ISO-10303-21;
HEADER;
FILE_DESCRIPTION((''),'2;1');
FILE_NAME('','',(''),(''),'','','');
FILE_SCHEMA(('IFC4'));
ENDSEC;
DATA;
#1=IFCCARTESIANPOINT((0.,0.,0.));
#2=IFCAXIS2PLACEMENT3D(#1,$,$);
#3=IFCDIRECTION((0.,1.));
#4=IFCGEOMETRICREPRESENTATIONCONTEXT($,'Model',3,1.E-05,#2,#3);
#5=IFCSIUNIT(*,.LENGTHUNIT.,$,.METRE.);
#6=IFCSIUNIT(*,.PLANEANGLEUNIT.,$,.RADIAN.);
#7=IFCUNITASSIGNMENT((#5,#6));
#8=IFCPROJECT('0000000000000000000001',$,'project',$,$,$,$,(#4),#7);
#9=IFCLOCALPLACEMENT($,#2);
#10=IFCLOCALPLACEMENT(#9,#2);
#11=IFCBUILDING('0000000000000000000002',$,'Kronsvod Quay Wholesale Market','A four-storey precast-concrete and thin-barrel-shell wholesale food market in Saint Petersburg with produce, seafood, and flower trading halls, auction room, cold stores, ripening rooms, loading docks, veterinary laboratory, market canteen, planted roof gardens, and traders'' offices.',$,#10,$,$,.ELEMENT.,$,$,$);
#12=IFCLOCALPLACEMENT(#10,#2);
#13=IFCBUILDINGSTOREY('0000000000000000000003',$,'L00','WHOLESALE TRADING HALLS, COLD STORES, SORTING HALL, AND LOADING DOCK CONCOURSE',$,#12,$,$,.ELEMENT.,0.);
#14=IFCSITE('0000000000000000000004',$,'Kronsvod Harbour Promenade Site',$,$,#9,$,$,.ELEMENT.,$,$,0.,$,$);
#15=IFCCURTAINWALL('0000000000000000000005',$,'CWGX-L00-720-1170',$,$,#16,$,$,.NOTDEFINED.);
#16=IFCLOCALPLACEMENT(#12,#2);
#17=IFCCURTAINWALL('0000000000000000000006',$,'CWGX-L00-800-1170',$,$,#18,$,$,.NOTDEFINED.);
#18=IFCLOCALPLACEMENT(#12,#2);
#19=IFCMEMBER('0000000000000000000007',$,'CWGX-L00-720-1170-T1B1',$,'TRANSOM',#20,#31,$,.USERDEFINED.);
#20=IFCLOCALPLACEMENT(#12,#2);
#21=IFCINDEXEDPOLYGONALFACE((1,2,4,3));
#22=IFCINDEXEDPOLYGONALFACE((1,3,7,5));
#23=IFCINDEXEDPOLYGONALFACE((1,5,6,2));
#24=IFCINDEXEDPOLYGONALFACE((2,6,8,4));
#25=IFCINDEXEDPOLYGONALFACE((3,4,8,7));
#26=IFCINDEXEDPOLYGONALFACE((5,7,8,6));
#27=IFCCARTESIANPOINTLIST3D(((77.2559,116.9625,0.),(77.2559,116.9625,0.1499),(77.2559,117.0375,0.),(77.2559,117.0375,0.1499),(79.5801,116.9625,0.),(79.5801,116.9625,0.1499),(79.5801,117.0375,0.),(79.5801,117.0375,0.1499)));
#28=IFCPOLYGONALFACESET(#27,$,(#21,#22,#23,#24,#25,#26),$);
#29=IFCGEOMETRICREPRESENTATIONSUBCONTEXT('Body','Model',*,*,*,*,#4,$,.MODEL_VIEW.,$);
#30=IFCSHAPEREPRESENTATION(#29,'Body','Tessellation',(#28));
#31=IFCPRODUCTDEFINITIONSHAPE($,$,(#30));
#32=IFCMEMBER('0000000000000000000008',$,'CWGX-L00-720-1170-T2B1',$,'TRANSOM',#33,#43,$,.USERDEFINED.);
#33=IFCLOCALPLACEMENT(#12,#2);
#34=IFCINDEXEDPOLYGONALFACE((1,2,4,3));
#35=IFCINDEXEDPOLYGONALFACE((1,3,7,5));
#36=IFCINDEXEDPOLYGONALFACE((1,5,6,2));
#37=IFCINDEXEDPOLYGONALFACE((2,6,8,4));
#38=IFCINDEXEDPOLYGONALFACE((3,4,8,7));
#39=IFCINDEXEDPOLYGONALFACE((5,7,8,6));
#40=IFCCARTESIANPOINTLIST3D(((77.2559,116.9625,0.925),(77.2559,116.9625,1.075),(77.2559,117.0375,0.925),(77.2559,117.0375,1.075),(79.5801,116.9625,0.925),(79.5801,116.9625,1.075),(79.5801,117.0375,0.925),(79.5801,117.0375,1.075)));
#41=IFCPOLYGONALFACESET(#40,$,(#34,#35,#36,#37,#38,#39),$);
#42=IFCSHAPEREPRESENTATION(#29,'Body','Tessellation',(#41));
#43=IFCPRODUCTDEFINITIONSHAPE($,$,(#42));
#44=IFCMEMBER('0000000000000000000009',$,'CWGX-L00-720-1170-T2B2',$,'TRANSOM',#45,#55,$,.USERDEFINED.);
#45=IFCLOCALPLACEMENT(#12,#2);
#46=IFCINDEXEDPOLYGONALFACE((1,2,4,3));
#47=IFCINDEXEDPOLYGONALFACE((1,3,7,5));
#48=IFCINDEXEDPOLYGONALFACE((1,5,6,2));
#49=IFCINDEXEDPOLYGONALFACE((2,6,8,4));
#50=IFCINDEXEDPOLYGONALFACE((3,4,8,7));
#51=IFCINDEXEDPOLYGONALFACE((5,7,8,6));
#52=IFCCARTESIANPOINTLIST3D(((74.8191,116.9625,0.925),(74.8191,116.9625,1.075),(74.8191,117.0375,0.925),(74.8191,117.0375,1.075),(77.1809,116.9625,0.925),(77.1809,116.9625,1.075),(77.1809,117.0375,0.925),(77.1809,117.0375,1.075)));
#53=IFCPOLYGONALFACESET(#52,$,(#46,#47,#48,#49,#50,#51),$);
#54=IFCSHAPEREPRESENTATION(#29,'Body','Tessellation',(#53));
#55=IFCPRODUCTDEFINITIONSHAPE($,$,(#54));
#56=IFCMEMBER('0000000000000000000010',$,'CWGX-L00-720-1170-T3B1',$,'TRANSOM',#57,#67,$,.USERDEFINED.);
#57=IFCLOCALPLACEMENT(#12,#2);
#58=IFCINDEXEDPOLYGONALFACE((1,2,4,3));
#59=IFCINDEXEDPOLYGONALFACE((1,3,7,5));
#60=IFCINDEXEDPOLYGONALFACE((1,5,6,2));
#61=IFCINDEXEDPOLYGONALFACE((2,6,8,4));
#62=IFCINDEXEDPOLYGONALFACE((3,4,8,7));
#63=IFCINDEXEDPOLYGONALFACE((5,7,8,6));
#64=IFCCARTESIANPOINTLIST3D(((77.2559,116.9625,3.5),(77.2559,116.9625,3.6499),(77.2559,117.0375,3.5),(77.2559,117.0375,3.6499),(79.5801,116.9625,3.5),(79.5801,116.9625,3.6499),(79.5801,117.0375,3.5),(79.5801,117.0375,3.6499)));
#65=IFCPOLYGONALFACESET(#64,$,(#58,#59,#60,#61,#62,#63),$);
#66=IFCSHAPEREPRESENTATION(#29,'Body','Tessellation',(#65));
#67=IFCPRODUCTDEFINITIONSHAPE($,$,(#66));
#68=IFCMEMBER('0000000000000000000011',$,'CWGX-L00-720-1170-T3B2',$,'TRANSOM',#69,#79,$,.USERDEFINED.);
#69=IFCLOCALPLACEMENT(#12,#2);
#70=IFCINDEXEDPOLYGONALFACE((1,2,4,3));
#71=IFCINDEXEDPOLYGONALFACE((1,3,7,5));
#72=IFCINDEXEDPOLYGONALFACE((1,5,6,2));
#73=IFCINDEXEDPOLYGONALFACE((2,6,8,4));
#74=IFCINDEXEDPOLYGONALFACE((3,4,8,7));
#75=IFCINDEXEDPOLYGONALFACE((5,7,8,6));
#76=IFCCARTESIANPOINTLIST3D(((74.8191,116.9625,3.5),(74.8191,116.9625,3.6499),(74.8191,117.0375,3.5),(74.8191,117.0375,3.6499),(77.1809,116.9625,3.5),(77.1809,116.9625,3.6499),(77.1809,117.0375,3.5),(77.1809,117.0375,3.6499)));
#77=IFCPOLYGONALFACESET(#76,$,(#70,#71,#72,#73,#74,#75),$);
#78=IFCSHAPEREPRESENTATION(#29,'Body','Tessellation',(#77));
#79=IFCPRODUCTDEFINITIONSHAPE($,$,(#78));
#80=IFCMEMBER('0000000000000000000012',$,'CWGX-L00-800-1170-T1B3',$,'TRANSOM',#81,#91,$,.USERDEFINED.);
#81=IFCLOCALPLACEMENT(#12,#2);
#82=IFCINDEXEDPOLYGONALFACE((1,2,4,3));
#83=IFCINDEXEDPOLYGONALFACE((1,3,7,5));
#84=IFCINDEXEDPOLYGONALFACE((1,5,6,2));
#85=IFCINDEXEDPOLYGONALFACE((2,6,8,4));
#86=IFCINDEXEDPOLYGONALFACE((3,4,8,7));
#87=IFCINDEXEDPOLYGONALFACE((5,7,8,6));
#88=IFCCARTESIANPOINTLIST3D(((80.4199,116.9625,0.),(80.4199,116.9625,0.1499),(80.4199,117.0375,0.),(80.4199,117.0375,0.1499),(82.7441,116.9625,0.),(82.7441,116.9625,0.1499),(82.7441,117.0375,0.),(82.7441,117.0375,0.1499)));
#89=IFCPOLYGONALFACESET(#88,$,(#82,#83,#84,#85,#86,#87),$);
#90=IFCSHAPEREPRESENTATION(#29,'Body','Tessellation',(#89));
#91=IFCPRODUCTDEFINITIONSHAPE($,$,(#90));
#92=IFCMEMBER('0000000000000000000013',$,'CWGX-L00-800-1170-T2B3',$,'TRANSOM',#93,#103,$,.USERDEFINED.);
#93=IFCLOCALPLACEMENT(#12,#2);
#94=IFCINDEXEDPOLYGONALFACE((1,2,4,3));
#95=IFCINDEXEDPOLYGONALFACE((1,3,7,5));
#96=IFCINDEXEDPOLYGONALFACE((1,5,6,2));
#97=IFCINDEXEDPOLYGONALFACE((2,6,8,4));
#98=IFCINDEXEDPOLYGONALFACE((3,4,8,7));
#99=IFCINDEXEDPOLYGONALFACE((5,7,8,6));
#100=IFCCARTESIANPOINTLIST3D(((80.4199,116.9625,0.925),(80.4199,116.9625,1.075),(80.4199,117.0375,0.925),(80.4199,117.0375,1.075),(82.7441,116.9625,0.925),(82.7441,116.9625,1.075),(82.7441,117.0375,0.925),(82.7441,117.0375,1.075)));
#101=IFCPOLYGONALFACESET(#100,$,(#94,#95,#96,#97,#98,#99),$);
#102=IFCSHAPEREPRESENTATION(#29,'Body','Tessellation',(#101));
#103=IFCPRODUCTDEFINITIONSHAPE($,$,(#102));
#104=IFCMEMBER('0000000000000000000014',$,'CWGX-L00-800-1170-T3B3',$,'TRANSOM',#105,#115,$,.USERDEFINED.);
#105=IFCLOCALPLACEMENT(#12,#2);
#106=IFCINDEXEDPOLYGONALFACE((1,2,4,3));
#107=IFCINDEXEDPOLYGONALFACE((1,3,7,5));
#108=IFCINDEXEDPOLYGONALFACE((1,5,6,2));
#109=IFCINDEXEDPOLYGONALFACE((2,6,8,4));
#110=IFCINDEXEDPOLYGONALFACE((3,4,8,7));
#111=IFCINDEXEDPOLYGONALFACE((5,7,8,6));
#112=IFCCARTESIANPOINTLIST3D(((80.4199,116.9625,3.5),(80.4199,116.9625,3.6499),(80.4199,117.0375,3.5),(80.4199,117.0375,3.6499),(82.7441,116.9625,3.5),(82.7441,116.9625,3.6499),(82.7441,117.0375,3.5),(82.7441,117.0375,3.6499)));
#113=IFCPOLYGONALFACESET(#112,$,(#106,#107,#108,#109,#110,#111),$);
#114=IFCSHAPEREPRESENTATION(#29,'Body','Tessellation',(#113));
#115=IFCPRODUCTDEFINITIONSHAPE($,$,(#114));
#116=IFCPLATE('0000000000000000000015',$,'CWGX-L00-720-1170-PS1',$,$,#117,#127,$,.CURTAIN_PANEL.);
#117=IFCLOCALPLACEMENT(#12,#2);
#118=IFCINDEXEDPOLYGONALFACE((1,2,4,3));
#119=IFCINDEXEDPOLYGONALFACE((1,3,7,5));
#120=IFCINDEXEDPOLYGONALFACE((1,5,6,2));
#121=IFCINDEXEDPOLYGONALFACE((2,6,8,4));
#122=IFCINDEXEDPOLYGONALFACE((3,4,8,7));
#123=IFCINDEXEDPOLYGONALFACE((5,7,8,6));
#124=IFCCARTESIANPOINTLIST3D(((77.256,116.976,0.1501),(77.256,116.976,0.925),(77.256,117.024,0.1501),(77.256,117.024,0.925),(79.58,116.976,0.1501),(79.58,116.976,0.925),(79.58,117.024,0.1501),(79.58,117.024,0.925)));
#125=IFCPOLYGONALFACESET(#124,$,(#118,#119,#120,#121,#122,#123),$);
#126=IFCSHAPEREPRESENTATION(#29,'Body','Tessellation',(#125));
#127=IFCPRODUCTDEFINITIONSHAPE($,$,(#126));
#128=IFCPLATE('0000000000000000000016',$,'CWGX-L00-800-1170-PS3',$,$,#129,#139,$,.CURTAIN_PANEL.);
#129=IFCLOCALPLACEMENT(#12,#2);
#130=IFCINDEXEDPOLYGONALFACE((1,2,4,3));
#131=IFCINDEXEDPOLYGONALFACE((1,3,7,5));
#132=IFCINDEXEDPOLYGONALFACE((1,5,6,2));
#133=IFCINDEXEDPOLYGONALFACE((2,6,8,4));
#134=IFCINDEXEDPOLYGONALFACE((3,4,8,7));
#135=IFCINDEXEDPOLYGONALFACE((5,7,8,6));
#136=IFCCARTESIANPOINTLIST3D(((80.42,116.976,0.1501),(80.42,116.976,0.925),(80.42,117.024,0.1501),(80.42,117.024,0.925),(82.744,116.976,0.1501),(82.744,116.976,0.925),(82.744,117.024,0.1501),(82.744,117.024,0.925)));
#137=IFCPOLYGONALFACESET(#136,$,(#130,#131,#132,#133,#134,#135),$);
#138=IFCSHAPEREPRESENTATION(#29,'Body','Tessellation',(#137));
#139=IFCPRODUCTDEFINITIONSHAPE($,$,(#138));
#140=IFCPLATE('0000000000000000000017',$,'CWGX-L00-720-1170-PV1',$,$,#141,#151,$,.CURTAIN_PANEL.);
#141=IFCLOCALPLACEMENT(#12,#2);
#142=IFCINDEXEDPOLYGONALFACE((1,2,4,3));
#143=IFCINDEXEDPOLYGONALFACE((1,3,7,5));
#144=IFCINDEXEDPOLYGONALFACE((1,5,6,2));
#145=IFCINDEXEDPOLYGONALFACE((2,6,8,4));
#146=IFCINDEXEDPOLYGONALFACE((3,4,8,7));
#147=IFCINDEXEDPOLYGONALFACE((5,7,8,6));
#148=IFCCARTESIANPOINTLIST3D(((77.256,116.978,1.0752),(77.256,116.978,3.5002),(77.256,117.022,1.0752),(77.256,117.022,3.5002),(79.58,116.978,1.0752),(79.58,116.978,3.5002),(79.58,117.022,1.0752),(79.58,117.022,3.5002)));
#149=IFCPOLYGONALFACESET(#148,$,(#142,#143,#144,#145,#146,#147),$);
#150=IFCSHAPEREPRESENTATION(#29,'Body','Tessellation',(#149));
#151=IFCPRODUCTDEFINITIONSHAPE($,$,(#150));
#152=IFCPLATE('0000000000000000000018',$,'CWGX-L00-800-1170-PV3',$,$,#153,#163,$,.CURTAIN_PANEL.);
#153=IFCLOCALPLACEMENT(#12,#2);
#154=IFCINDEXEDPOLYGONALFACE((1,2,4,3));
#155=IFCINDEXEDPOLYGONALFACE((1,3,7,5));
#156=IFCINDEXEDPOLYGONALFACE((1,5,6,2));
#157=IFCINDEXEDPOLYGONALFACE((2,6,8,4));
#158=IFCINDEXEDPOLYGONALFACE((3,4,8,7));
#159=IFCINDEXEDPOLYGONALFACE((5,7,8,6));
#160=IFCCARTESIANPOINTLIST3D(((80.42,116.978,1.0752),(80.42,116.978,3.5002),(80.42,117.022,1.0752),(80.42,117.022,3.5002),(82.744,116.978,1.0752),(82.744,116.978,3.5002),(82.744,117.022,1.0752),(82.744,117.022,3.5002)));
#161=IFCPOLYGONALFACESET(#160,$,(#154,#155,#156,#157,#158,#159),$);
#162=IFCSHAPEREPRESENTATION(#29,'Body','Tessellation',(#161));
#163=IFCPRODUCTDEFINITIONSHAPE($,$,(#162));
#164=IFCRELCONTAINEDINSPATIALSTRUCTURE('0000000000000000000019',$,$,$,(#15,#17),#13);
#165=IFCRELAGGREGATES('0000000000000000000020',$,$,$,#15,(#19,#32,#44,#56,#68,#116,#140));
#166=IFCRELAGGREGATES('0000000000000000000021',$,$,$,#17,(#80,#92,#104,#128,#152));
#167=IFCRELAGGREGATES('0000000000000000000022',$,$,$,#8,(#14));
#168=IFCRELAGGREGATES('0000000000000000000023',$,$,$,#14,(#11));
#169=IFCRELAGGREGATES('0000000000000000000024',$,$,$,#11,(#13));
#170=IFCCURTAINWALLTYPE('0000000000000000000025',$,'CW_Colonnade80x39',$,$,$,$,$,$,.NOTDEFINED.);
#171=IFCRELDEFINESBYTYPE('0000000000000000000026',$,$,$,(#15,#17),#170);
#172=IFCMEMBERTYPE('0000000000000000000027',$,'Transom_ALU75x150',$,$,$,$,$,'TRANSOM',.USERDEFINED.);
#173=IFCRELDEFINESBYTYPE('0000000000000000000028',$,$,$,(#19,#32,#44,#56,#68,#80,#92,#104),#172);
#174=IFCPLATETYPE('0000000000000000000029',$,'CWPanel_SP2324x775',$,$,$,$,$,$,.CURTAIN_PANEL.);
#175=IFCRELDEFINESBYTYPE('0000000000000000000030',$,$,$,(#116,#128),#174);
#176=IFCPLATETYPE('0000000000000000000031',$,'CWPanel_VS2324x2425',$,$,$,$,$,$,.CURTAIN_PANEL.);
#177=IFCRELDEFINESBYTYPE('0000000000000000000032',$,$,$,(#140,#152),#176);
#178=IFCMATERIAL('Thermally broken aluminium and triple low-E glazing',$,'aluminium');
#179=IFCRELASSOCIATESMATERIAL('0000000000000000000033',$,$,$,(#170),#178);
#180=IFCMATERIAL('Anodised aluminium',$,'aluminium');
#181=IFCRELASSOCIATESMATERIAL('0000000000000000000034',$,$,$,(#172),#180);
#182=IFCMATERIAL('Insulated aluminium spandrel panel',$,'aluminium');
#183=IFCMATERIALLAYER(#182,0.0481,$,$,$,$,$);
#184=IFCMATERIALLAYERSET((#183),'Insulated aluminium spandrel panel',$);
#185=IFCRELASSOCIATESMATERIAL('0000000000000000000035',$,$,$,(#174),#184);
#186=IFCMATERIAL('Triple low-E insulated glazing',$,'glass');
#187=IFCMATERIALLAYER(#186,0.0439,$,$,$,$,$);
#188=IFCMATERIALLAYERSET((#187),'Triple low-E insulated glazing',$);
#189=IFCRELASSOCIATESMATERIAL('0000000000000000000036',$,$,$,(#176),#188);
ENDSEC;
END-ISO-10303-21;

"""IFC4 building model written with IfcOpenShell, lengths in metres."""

from ifc_helpers import new_model, si_unit, direction, frame, origin, origin_2d, place, context, subcontext, project, spatial, rectangle, extrude, material, layer, layer_set, material_profile, profile_set, type_object, element, aggregate, save


model = new_model("IFC4")

# Units and contexts
model_context = context("Model", 3, precision=1e-05, world=origin(), true_north=direction((0.0, 1.0)))
body_context = subcontext(model_context, "Body", "Model", "MODEL_VIEW")
ifc_project = project(units=[si_unit("LENGTHUNIT", "METRE"), si_unit("PLANEANGLEUNIT", "RADIAN")], contexts=[model_context])

# Site, building, storey
site_placement = place(None, origin())
site = spatial("IfcSite", under=ifc_project, at=site_placement, Name="Kronsvod Harbour Promenade Site", CompositionType="ELEMENT", RefElevation=0.0)
building_placement = place(site_placement, origin())
building = spatial("IfcBuilding", under=site, at=building_placement, Name="Kronsvod Quay Wholesale Market", Description="A four-storey precast-concrete and thin-barrel-shell wholesale food market in Saint Petersburg with produce, seafood, and flower trading halls, auction room, cold stores, ripening rooms, loading docks, veterinary laboratory, market canteen, planted roof gardens, and traders' offices.", CompositionType="ELEMENT")
storey_placement = place(building_placement, origin())
storey = spatial("IfcBuildingStorey", under=building, at=storey_placement, Name="L00", Description="WHOLESALE TRADING HALLS, COLD STORES, SORTING HALL, AND LOADING DOCK CONCOURSE", CompositionType="ELEMENT", Elevation=0.0)

# Curtain walls
ifc_material_1 = material(Name="Thermally broken aluminium and triple low-E glazing", Category="aluminium")
curtain_wall_type = type_object("IfcCurtainWallType", Name="CW_Colonnade80x39", PredefinedType="NOTDEFINED", material=ifc_material_1)
curtain_wall_1_placement = place(storey_placement, origin())
curtain_wall_1 = element("IfcCurtainWall", 1, at=curtain_wall_1_placement, inside=storey, type_object=curtain_wall_type, Name="CWGX-L00-720-1170", PredefinedType="NOTDEFINED")
curtain_wall_2_placement = place(storey_placement, origin())
curtain_wall_2 = element("IfcCurtainWall", 2, at=curtain_wall_2_placement, inside=storey, type_object=curtain_wall_type, Name="CWGX-L00-800-1170", PredefinedType="NOTDEFINED")

# Members
ifc_material_2 = material(Name="Anodised aluminium", Category="aluminium")
ifc_material_profile_1 = material_profile(ifc_material_2, rectangle(XDim=0.075, YDim=0.1499, at=origin_2d()), Name="ALUT75x150")
ifc_profile_set_1 = profile_set([ifc_material_profile_1], Name="Anodised aluminium")
member_type_1 = type_object("IfcMemberType", Name="Transom_ALU75x150", ElementType="TRANSOM", PredefinedType="USERDEFINED", material=ifc_profile_set_1)
member_1_placement = place(storey_placement, frame((79.5801, 117.0, 0.075), z_axis=(-1.0, 0.0, 0.0), x_axis=(0.0, -1.0, 0.0)))
member_1 = element("IfcMember", 3, at=member_1_placement, type_object=member_type_1, Name="CWGX-L00-720-1170-T1B1", ObjectType="TRANSOM", PredefinedType="USERDEFINED", context=body_context, shape_type="SweptSolid", body=[
    extrude(rectangle(XDim=0.075, YDim=0.1499, at=origin_2d()), origin(), (0.0, 0.0, 1.0), 2.3242),
])
member_2_placement = place(storey_placement, frame((79.5801, 117.0, 1.0), z_axis=(-1.0, 0.0, 0.0), x_axis=(0.0, -1.0, 0.0)))
member_2 = element("IfcMember", 4, at=member_2_placement, type_object=member_type_1, Name="CWGX-L00-720-1170-T2B1", ObjectType="TRANSOM", PredefinedType="USERDEFINED", context=body_context, shape_type="SweptSolid", body=[
    extrude(rectangle(XDim=0.075, YDim=0.1499, at=origin_2d()), origin(), (0.0, 0.0, 1.0), 2.3242),
])
member_3_placement = place(storey_placement, frame((77.1809, 117.0, 1.0), z_axis=(-1.0, 0.0, 0.0), x_axis=(0.0, -1.0, 0.0)))
member_3 = element("IfcMember", 5, at=member_3_placement, type_object=member_type_1, Name="CWGX-L00-720-1170-T2B2", ObjectType="TRANSOM", PredefinedType="USERDEFINED", context=body_context, shape_type="SweptSolid", body=[
    extrude(rectangle(XDim=0.075, YDim=0.1499, at=origin_2d()), origin(), (0.0, 0.0, 1.0), 2.3618),
])
member_4_placement = place(storey_placement, frame((79.5801, 117.0, 3.575), z_axis=(-1.0, 0.0, 0.0), x_axis=(0.0, -1.0, 0.0)))
member_4 = element("IfcMember", 6, at=member_4_placement, type_object=member_type_1, Name="CWGX-L00-720-1170-T3B1", ObjectType="TRANSOM", PredefinedType="USERDEFINED", context=body_context, shape_type="SweptSolid", body=[
    extrude(rectangle(XDim=0.075, YDim=0.1499, at=origin_2d()), origin(), (0.0, 0.0, 1.0), 2.3242),
])
member_5_placement = place(storey_placement, frame((77.1809, 117.0, 3.575), z_axis=(-1.0, 0.0, 0.0), x_axis=(0.0, -1.0, 0.0)))
member_5 = element("IfcMember", 7, at=member_5_placement, type_object=member_type_1, Name="CWGX-L00-720-1170-T3B2", ObjectType="TRANSOM", PredefinedType="USERDEFINED", context=body_context, shape_type="SweptSolid", body=[
    extrude(rectangle(XDim=0.075, YDim=0.1499, at=origin_2d()), origin(), (0.0, 0.0, 1.0), 2.3618),
])
member_6_placement = place(storey_placement, frame((82.7441, 117.0, 0.075), z_axis=(-1.0, 0.0, 0.0), x_axis=(0.0, -1.0, 0.0)))
member_6 = element("IfcMember", 8, at=member_6_placement, type_object=member_type_1, Name="CWGX-L00-800-1170-T1B3", ObjectType="TRANSOM", PredefinedType="USERDEFINED", context=body_context, shape_type="SweptSolid", body=[
    extrude(rectangle(XDim=0.075, YDim=0.1499, at=origin_2d()), origin(), (0.0, 0.0, 1.0), 2.3242),
])
member_7_placement = place(storey_placement, frame((82.7441, 117.0, 1.0), z_axis=(-1.0, 0.0, 0.0), x_axis=(0.0, -1.0, 0.0)))
member_7 = element("IfcMember", 9, at=member_7_placement, type_object=member_type_1, Name="CWGX-L00-800-1170-T2B3", ObjectType="TRANSOM", PredefinedType="USERDEFINED", context=body_context, shape_type="SweptSolid", body=[
    extrude(rectangle(XDim=0.075, YDim=0.1499, at=origin_2d()), origin(), (0.0, 0.0, 1.0), 2.3242),
])
member_8_placement = place(storey_placement, frame((82.7441, 117.0, 3.575), z_axis=(-1.0, 0.0, 0.0), x_axis=(0.0, -1.0, 0.0)))
member_8 = element("IfcMember", 10, at=member_8_placement, type_object=member_type_1, Name="CWGX-L00-800-1170-T3B3", ObjectType="TRANSOM", PredefinedType="USERDEFINED", context=body_context, shape_type="SweptSolid", body=[
    extrude(rectangle(XDim=0.075, YDim=0.1499, at=origin_2d()), origin(), (0.0, 0.0, 1.0), 2.3242),
])

# Plates
ifc_material_3 = material(Name="Insulated aluminium spandrel panel", Category="aluminium")
ifc_layer_1 = layer(ifc_material_3, 0.0481)
ifc_layer_set_1 = layer_set([ifc_layer_1], Name="Insulated aluminium spandrel panel")
plate_type_1 = type_object("IfcPlateType", Name="CWPanel_SP2324x775", PredefinedType="CURTAIN_PANEL", material=ifc_layer_set_1)
plate_1_placement = place(storey_placement, frame((78.418, 117.0, 0.1501), z_axis=(0.0, 0.0, 1.0), x_axis=(-1.0, 0.0, 0.0)))
plate_1 = element("IfcPlate", 11, at=plate_1_placement, type_object=plate_type_1, Name="CWGX-L00-720-1170-PS1", PredefinedType="CURTAIN_PANEL", context=body_context, shape_type="SweptSolid", body=[
    extrude(rectangle(XDim=2.324, YDim=0.0481, at=origin_2d()), origin(), (0.0, 0.0, 1.0), 0.7749),
])
plate_2_placement = place(storey_placement, frame((81.582, 117.0, 0.1501), z_axis=(0.0, 0.0, 1.0), x_axis=(-1.0, 0.0, 0.0)))
plate_2 = element("IfcPlate", 12, at=plate_2_placement, type_object=plate_type_1, Name="CWGX-L00-800-1170-PS3", PredefinedType="CURTAIN_PANEL", context=body_context, shape_type="SweptSolid", body=[
    extrude(rectangle(XDim=2.324, YDim=0.0481, at=origin_2d()), origin(), (0.0, 0.0, 1.0), 0.7749),
])
ifc_material_4 = material(Name="Triple low-E insulated glazing", Category="glass")
ifc_layer_2 = layer(ifc_material_4, 0.0439)
ifc_layer_set_2 = layer_set([ifc_layer_2], Name="Triple low-E insulated glazing")
plate_type_2 = type_object("IfcPlateType", Name="CWPanel_VS2324x2425", PredefinedType="CURTAIN_PANEL", material=ifc_layer_set_2)
plate_3_placement = place(storey_placement, frame((78.418, 117.0, 1.0752), z_axis=(0.0, 0.0, 1.0), x_axis=(-1.0, 0.0, 0.0)))
plate_3 = element("IfcPlate", 13, at=plate_3_placement, type_object=plate_type_2, Name="CWGX-L00-720-1170-PV1", PredefinedType="CURTAIN_PANEL", context=body_context, shape_type="SweptSolid", body=[
    extrude(rectangle(XDim=2.324, YDim=0.0439, at=origin_2d()), origin(), (0.0, 0.0, 1.0), 2.425),
])
aggregate(curtain_wall_1, [member_1, member_2, member_3, member_4, member_5, plate_1, plate_3])
plate_4_placement = place(storey_placement, frame((81.582, 117.0, 1.0752), z_axis=(0.0, 0.0, 1.0), x_axis=(-1.0, 0.0, 0.0)))
plate_4 = element("IfcPlate", 14, at=plate_4_placement, type_object=plate_type_2, Name="CWGX-L00-800-1170-PV3", PredefinedType="CURTAIN_PANEL", context=body_context, shape_type="SweptSolid", body=[
    extrude(rectangle(XDim=2.324, YDim=0.0439, at=origin_2d()), origin(), (0.0, 0.0, 1.0), 2.425),
])
aggregate(curtain_wall_2, [member_6, member_7, member_8, plate_2, plate_4])

save(model, "model.ifc")
